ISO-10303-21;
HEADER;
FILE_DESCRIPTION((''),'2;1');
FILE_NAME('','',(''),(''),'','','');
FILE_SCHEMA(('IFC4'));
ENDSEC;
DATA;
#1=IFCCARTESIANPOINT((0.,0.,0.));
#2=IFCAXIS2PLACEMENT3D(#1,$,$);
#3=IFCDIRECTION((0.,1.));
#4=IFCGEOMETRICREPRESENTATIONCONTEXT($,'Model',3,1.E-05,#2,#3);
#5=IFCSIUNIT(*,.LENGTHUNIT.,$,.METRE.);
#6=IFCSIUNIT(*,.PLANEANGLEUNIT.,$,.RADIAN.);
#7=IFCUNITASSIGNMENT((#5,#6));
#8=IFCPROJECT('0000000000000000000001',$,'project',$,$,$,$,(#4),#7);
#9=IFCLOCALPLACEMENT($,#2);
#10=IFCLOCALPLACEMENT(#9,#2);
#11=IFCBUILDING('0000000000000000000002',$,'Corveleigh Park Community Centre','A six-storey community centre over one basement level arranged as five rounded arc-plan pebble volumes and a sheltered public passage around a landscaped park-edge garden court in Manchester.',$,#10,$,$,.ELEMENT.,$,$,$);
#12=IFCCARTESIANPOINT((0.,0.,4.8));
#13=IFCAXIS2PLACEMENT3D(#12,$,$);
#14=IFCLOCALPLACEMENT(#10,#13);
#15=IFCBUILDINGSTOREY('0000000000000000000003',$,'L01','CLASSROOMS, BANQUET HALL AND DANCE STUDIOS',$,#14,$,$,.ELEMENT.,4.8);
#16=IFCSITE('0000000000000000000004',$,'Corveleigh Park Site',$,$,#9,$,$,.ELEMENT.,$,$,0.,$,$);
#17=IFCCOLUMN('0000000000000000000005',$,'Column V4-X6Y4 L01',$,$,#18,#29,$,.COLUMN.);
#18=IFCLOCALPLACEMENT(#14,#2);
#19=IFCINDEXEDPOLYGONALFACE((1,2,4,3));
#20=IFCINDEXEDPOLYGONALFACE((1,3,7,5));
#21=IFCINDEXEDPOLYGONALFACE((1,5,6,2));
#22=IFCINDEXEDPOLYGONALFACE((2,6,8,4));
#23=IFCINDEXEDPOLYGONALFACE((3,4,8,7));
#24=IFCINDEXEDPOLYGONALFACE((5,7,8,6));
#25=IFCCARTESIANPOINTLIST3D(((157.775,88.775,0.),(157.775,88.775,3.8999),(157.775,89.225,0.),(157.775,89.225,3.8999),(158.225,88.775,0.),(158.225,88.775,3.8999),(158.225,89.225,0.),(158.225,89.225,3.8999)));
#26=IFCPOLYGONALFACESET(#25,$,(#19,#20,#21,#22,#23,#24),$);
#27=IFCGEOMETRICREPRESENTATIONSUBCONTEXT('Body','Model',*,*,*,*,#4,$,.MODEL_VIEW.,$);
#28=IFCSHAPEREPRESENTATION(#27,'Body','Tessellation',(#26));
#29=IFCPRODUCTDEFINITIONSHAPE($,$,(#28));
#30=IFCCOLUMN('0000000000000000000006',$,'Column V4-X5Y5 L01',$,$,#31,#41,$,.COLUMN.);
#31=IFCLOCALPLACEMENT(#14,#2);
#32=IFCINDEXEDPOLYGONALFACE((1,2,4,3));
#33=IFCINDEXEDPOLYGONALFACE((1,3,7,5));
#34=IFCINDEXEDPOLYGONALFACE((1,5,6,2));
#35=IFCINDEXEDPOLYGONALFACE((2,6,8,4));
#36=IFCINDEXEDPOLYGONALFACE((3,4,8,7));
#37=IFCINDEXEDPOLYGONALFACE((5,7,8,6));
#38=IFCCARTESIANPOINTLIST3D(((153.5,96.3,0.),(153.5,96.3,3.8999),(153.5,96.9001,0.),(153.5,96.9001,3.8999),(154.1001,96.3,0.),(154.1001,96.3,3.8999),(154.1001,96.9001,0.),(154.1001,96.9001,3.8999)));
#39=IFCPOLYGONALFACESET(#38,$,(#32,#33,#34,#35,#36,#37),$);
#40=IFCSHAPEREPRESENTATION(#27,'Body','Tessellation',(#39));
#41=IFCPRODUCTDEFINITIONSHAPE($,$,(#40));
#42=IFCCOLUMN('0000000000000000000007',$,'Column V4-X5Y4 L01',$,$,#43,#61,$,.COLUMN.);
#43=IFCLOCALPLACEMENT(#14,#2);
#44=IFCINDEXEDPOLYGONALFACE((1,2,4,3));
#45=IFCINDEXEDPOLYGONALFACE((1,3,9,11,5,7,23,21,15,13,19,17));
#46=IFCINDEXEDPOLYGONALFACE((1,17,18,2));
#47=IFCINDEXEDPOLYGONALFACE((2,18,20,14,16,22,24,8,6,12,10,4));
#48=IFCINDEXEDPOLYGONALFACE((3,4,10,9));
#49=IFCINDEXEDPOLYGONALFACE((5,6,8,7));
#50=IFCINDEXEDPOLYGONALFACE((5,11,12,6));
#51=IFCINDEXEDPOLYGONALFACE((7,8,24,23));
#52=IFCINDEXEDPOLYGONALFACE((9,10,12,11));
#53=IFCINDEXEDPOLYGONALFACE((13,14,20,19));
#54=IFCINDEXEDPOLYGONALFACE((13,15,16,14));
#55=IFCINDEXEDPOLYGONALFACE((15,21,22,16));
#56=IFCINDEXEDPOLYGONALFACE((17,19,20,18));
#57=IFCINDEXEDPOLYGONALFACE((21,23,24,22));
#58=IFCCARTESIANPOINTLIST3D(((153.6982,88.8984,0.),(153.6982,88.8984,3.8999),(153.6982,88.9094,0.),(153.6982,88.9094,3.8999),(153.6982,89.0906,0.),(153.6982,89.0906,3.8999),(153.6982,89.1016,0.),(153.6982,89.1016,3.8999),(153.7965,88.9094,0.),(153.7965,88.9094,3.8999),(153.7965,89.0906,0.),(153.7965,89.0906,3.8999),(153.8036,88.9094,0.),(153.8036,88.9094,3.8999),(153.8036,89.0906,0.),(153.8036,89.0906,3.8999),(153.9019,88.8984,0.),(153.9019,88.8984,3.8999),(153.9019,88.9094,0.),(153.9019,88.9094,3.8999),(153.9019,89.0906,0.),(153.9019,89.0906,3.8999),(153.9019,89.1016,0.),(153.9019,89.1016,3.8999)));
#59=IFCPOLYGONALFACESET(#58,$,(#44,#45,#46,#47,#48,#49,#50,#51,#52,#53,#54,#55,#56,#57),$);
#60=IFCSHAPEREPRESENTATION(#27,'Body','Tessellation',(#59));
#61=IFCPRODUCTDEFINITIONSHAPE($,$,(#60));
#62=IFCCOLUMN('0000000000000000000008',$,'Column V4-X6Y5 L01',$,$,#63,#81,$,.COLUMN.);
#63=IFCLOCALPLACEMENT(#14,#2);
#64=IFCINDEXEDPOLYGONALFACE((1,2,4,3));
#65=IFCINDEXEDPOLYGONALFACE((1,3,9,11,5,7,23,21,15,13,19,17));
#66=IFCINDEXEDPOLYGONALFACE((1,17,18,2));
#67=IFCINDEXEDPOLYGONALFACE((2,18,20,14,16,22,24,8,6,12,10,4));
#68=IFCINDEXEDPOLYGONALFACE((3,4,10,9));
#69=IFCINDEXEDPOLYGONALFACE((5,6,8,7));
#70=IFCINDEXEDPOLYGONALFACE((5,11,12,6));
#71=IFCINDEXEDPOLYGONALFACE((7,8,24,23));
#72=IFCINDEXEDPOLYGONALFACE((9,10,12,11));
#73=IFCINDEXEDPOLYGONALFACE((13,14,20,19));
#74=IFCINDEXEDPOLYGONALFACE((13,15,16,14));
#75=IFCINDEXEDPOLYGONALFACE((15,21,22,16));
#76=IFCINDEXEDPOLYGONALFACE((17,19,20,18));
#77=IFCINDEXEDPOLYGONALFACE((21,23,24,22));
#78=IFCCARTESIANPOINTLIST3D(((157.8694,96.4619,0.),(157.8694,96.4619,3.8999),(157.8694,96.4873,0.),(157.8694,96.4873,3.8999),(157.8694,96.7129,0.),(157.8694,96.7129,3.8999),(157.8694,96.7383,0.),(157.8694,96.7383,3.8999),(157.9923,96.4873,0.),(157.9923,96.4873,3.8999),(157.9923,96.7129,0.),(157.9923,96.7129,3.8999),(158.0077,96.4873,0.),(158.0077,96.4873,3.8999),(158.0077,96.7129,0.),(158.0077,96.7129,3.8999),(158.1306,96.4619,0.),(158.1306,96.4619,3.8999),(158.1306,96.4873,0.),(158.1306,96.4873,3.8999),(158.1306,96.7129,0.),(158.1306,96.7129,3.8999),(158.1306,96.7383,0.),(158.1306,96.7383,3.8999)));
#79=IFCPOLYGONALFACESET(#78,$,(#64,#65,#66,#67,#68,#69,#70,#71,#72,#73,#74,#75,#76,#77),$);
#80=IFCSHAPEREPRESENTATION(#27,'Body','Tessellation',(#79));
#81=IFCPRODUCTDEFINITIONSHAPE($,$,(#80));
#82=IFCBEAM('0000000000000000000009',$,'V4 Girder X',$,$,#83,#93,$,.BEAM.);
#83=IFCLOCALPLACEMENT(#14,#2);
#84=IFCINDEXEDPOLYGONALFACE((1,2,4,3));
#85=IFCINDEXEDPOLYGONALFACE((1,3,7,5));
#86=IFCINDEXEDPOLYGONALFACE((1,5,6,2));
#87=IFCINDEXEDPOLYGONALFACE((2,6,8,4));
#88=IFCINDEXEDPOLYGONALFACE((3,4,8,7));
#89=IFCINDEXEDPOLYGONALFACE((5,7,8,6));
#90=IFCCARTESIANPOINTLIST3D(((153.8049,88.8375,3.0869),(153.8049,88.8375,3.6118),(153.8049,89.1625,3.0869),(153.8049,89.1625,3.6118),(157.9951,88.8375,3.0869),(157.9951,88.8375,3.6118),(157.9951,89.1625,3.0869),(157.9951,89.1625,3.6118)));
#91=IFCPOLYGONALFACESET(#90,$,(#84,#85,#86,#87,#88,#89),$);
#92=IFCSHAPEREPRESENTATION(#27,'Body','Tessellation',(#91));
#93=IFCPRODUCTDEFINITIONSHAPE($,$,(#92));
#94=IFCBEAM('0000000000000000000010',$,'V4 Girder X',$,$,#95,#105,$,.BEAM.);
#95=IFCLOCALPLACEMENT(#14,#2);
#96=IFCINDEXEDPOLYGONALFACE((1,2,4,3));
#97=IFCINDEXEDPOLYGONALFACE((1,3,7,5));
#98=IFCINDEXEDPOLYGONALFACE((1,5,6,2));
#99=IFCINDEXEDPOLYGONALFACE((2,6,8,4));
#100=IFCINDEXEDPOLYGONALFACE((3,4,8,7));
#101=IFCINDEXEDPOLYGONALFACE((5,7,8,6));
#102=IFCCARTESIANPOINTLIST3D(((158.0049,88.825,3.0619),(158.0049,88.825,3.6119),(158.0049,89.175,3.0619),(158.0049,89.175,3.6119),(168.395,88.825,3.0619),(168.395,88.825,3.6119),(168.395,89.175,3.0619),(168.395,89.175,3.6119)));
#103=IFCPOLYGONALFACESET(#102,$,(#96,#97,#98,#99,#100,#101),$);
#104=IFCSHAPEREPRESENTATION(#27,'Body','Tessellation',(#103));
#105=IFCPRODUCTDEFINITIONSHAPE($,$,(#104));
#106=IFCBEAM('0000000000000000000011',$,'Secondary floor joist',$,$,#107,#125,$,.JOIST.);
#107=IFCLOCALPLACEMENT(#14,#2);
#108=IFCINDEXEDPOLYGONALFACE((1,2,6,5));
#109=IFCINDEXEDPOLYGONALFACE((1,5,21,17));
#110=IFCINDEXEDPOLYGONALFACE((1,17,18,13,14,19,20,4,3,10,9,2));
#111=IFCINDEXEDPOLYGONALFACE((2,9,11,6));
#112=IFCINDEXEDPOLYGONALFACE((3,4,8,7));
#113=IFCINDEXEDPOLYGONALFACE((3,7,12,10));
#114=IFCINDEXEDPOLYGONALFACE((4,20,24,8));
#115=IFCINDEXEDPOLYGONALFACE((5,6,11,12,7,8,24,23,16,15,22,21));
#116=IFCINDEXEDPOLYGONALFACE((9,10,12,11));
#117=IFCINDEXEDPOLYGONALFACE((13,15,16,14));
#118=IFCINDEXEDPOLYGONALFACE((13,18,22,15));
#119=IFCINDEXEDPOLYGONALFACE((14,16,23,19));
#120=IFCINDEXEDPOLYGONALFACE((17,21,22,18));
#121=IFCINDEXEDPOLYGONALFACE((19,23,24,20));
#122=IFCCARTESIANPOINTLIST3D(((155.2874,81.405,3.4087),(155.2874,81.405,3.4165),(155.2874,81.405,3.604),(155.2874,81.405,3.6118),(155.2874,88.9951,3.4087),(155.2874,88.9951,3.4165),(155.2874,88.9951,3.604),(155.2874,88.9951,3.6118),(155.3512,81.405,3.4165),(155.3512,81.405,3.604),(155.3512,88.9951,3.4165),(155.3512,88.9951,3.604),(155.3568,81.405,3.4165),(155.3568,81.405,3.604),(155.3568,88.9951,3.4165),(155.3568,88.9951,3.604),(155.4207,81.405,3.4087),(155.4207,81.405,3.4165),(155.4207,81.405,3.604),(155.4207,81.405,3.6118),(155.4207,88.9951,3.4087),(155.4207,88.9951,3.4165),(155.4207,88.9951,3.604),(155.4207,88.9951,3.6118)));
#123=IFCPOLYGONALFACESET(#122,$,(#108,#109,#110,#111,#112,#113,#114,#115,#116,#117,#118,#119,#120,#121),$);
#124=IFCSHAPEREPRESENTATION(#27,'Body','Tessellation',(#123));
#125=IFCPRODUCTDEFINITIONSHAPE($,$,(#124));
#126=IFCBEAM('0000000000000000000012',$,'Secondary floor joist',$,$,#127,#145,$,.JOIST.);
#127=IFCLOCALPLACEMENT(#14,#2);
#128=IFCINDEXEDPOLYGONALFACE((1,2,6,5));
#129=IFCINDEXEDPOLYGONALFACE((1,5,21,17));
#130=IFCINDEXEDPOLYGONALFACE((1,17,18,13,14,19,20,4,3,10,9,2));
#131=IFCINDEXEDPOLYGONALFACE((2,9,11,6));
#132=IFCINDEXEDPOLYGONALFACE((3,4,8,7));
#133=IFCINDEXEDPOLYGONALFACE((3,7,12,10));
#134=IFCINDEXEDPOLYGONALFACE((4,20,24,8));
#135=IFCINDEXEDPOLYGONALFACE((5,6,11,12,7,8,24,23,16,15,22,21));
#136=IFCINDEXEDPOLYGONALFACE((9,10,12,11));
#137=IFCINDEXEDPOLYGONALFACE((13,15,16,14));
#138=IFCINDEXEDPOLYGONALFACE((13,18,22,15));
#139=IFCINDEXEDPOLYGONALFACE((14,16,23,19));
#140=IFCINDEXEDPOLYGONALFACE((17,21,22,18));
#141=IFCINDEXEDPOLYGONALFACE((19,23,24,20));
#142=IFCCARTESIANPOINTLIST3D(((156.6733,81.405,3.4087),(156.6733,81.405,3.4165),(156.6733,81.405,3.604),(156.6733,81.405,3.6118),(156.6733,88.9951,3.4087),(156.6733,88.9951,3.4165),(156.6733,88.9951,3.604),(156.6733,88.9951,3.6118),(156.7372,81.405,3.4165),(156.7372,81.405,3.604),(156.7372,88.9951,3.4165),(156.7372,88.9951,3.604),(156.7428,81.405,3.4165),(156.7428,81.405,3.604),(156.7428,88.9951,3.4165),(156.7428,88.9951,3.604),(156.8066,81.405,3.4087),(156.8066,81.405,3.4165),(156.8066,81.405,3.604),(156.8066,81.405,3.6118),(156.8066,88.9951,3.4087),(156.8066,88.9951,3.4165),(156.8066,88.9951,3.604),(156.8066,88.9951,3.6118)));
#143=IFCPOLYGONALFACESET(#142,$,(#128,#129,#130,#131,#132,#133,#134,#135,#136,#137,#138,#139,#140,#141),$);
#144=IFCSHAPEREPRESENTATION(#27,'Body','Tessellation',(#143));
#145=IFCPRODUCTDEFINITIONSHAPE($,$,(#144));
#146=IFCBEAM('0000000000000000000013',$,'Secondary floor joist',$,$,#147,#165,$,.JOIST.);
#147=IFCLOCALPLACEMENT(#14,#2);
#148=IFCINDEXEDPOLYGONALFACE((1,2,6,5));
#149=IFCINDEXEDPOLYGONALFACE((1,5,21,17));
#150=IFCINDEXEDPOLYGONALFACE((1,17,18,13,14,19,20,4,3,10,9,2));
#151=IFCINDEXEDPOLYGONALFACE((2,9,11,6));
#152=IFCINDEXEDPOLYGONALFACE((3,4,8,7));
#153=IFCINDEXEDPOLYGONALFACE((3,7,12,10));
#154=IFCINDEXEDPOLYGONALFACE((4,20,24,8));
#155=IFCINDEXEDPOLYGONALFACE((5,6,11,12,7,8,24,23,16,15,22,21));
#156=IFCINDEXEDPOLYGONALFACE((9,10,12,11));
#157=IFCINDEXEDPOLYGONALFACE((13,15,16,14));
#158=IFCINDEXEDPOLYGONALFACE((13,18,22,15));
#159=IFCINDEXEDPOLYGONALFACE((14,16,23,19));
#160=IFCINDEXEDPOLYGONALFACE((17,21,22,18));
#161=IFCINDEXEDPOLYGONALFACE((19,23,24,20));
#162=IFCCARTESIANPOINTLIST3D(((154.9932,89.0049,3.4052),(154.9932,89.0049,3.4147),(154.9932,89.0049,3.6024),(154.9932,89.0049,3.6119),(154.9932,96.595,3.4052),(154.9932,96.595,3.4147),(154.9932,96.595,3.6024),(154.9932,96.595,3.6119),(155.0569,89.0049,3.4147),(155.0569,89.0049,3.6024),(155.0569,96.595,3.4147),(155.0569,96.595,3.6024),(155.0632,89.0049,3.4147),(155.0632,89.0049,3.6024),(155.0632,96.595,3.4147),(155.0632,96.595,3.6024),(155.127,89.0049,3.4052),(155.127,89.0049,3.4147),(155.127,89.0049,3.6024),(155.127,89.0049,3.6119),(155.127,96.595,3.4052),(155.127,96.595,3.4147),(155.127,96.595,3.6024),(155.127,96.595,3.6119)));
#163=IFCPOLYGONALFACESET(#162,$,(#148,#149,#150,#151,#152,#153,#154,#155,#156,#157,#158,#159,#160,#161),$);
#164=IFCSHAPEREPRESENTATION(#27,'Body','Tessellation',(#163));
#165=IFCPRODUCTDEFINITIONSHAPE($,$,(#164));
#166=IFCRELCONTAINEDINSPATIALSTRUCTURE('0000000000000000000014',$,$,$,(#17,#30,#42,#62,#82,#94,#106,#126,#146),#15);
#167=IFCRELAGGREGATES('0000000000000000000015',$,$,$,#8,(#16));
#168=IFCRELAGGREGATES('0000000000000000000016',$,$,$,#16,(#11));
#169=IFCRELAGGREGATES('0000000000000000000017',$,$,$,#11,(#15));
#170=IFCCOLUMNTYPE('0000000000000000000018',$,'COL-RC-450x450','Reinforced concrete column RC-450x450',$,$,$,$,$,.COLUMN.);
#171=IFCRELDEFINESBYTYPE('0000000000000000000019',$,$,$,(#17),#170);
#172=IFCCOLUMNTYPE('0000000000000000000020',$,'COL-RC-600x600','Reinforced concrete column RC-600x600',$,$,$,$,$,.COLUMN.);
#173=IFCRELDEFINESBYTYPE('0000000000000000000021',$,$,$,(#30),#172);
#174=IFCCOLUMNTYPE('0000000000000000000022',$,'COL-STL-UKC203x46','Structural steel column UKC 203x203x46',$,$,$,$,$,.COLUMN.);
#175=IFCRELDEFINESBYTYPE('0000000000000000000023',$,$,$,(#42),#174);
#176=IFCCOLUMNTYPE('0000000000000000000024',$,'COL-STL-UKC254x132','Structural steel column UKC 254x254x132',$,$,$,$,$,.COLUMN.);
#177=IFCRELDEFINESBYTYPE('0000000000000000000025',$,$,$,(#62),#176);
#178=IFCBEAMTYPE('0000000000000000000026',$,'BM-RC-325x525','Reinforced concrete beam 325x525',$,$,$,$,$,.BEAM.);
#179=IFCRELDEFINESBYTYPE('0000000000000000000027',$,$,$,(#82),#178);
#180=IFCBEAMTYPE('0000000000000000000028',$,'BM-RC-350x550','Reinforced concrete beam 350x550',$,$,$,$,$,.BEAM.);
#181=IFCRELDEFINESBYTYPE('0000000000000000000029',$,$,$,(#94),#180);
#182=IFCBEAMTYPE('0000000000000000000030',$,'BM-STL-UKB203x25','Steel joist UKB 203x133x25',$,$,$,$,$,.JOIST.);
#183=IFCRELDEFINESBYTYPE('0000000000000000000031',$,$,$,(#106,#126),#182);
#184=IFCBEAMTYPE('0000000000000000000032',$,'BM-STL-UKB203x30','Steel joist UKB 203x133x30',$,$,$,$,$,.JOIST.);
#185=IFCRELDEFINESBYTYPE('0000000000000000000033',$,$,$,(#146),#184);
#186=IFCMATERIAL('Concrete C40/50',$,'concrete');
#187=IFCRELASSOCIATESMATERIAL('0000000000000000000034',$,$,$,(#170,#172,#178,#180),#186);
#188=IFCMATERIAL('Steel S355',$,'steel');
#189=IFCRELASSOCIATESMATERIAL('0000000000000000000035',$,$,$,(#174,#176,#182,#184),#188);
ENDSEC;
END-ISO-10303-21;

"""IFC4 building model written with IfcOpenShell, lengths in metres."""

from ifc_helpers import new_model, si_unit, direction, frame, origin, origin_2d, place, context, subcontext, project, spatial, rectangle, i_section, extrude, material, material_profile, profile_set, type_object, element, save


model = new_model("IFC4")

# Units and contexts
model_context = context("Model", 3, precision=1e-05, world=origin(), true_north=direction((0.0, 1.0)))
body_context = subcontext(model_context, "Body", "Model", "MODEL_VIEW")
ifc_project = project(units=[si_unit("LENGTHUNIT", "METRE"), si_unit("PLANEANGLEUNIT", "RADIAN")], contexts=[model_context])

# Site, building, storey
site_placement = place(None, origin())
site = spatial("IfcSite", under=ifc_project, at=site_placement, Name="Corveleigh Park Site", CompositionType="ELEMENT", RefElevation=0.0)
building_placement = place(site_placement, origin())
building = spatial("IfcBuilding", under=site, at=building_placement, Name="Corveleigh Park Community Centre", Description="A six-storey community centre over one basement level arranged as five rounded arc-plan pebble volumes and a sheltered public passage around a landscaped park-edge garden court in Manchester.", CompositionType="ELEMENT")
storey_placement = place(building_placement, frame((0.0, 0.0, 4.8)))
storey = spatial("IfcBuildingStorey", under=building, at=storey_placement, Name="L01", Description="CLASSROOMS, BANQUET HALL AND DANCE STUDIOS", CompositionType="ELEMENT", Elevation=4.8)

# Columns
ifc_material_1 = material(Name="Concrete C40/50", Category="concrete")
ifc_material_profile_1 = material_profile(ifc_material_1, rectangle(XDim=0.45, YDim=0.45, at=origin_2d()), Name="RC-450x450", Category="concrete")
ifc_profile_set_1 = profile_set([ifc_material_profile_1], Name="Concrete C40/50")
column_type_1 = type_object("IfcColumnType", Name="COL-RC-450x450", Description="Reinforced concrete column RC-450x450", PredefinedType="COLUMN", material=ifc_profile_set_1)
column_1_placement = place(storey_placement, frame((158.0, 89.0, 0.0), z_axis=(0.0, 0.0, 1.0), x_axis=(1.0, 0.0, 0.0)))
element("IfcColumn", 1, at=column_1_placement, inside=storey, type_object=column_type_1, Name="Column V4-X6Y4 L01", PredefinedType="COLUMN", context=body_context, shape_type="SweptSolid", body=[
    extrude(rectangle(XDim=0.45, YDim=0.45, at=origin_2d()), origin(), (0.0, 0.0, 1.0), 3.8999),
])
ifc_material_profile_2 = material_profile(ifc_material_1, rectangle(XDim=0.6001, YDim=0.6001, at=origin_2d()), Name="RC-600x600", Category="concrete")
ifc_profile_set_2 = profile_set([ifc_material_profile_2], Name="Concrete C40/50")
column_type_2 = type_object("IfcColumnType", Name="COL-RC-600x600", Description="Reinforced concrete column RC-600x600", PredefinedType="COLUMN", material=ifc_profile_set_2)
column_2_placement = place(storey_placement, frame((153.8, 96.6001, 0.0), z_axis=(0.0, 0.0, 1.0), x_axis=(1.0, 0.0, 0.0)))
element("IfcColumn", 2, at=column_2_placement, inside=storey, type_object=column_type_2, Name="Column V4-X5Y5 L01", PredefinedType="COLUMN", context=body_context, shape_type="SweptSolid", body=[
    extrude(rectangle(XDim=0.6001, YDim=0.6001, at=origin_2d()), origin(), (0.0, 0.0, 1.0), 3.8999),
])
ifc_material_2 = material(Name="Steel S355", Category="steel")
ifc_material_profile_3 = material_profile(ifc_material_2, i_section(OverallWidth=0.2036, OverallDepth=0.2031, WebThickness=0.0071, FlangeThickness=0.011, at=origin_2d()), Name="UKC 203x203x46", Category="steel")
ifc_profile_set_3 = profile_set([ifc_material_profile_3], Name="Steel S355")
column_type_3 = type_object("IfcColumnType", Name="COL-STL-UKC203x46", Description="Structural steel column UKC 203x203x46", PredefinedType="COLUMN", material=ifc_profile_set_3)
column_3_placement = place(storey_placement, frame((153.8, 89.0, 0.0), z_axis=(0.0, 0.0, 1.0), x_axis=(1.0, 0.0, 0.0)))
element("IfcColumn", 3, at=column_3_placement, inside=storey, type_object=column_type_3, Name="Column V4-X5Y4 L01", PredefinedType="COLUMN", context=body_context, shape_type="SweptSolid", body=[
    extrude(i_section(OverallWidth=0.2036, OverallDepth=0.2031, WebThickness=0.0071, FlangeThickness=0.011, at=origin_2d()), origin(), (0.0, 0.0, 1.0), 3.8999),
])
ifc_material_profile_4 = material_profile(ifc_material_2, i_section(OverallWidth=0.2612, OverallDepth=0.2764, WebThickness=0.0154, FlangeThickness=0.0254, at=origin_2d()), Name="UKC 254x254x132", Category="steel")
ifc_profile_set_4 = profile_set([ifc_material_profile_4], Name="Steel S355")
column_type_4 = type_object("IfcColumnType", Name="COL-STL-UKC254x132", Description="Structural steel column UKC 254x254x132", PredefinedType="COLUMN", material=ifc_profile_set_4)
column_4_placement = place(storey_placement, frame((158.0, 96.6001, 0.0), z_axis=(0.0, 0.0, 1.0), x_axis=(1.0, 0.0, 0.0)))
element("IfcColumn", 4, at=column_4_placement, inside=storey, type_object=column_type_4, Name="Column V4-X6Y5 L01", PredefinedType="COLUMN", context=body_context, shape_type="SweptSolid", body=[
    extrude(i_section(OverallWidth=0.2612, OverallDepth=0.2764, WebThickness=0.0154, FlangeThickness=0.0254, at=origin_2d()), origin(), (0.0, 0.0, 1.0), 3.8999),
])

# Beams
ifc_material_profile_5 = material_profile(ifc_material_1, rectangle(XDim=0.325, YDim=0.5249, at=origin_2d()), Name="RC-325x525", Category="concrete")
ifc_profile_set_5 = profile_set([ifc_material_profile_5], Name="Concrete C40/50")
beam_type_1 = type_object("IfcBeamType", Name="BM-RC-325x525", Description="Reinforced concrete beam 325x525", PredefinedType="BEAM", material=ifc_profile_set_5)
beam_1_placement = place(storey_placement, frame((153.8049, 89.0, 3.3494), z_axis=(1.0, 0.0, 0.0), x_axis=(0.0, 1.0, 0.0)))
element("IfcBeam", 5, at=beam_1_placement, inside=storey, type_object=beam_type_1, Name="V4 Girder X", PredefinedType="BEAM", context=body_context, shape_type="SweptSolid", body=[
    extrude(rectangle(XDim=0.325, YDim=0.5249, at=origin_2d()), origin(), (0.0, 0.0, 1.0), 4.1902),
])
ifc_material_profile_6 = material_profile(ifc_material_1, rectangle(XDim=0.3501, YDim=0.55, at=origin_2d()), Name="RC-350x550", Category="concrete")
ifc_profile_set_6 = profile_set([ifc_material_profile_6], Name="Concrete C40/50")
beam_type_2 = type_object("IfcBeamType", Name="BM-RC-350x550", Description="Reinforced concrete beam 350x550", PredefinedType="BEAM", material=ifc_profile_set_6)
beam_2_placement = place(storey_placement, frame((158.0049, 89.0, 3.3369), z_axis=(1.0, 0.0, 0.0), x_axis=(0.0, 1.0, 0.0)))
element("IfcBeam", 6, at=beam_2_placement, inside=storey, type_object=beam_type_2, Name="V4 Girder X", PredefinedType="BEAM", context=body_context, shape_type="SweptSolid", body=[
    extrude(rectangle(XDim=0.3501, YDim=0.55, at=origin_2d()), origin(), (0.0, 0.0, 1.0), 10.3901),
])
ifc_material_profile_7 = material_profile(ifc_material_2, i_section(OverallWidth=0.1333, OverallDepth=0.2031, WebThickness=0.0056, FlangeThickness=0.0078, at=origin_2d()), Name="UKB 203x133x25", Category="steel")
ifc_profile_set_7 = profile_set([ifc_material_profile_7], Name="Steel S355")
beam_type_3 = type_object("IfcBeamType", Name="BM-STL-UKB203x25", Description="Steel joist UKB 203x133x25", PredefinedType="JOIST", material=ifc_profile_set_7)
for number, where, z_axis, x_axis, name in (
    (7, (155.354, 81.405, 3.5103), (0.0, 1.0, 0.0), (-1.0, 0.0, 0.0), "Secondary floor joist"),
    (8, (156.74, 81.405, 3.5103), (0.0, 1.0, 0.0), (-1.0, 0.0, 0.0), "Secondary floor joist"),
):
    element("IfcBeam", number, at=place(storey_placement, frame(where, z_axis=z_axis, x_axis=x_axis)), inside=storey, type_object=beam_type_3, Name=name, PredefinedType="JOIST", context=body_context, shape_type="SweptSolid", body=[
        extrude(i_section(OverallWidth=0.1333, OverallDepth=0.2031, WebThickness=0.0056, FlangeThickness=0.0078, at=origin_2d()), origin(), (0.0, 0.0, 1.0), 7.5901),
    ])
ifc_material_profile_8 = material_profile(ifc_material_2, i_section(OverallWidth=0.1338, OverallDepth=0.2068, WebThickness=0.0063, FlangeThickness=0.0095, at=origin_2d()), Name="UKB 203x133x30", Category="steel")
ifc_profile_set_8 = profile_set([ifc_material_profile_8], Name="Steel S355")
beam_type_4 = type_object("IfcBeamType", Name="BM-STL-UKB203x30", Description="Steel joist UKB 203x133x30", PredefinedType="JOIST", material=ifc_profile_set_8)
for number, where, z_axis, x_axis, name in (
    (9, (155.0601, 89.0049, 3.5085), (0.0, 1.0, 0.0), (-1.0, 0.0, 0.0), "Secondary floor joist"),
):
    element("IfcBeam", number, at=place(storey_placement, frame(where, z_axis=z_axis, x_axis=x_axis)), inside=storey, type_object=beam_type_4, Name=name, PredefinedType="JOIST", context=body_context, shape_type="SweptSolid", body=[
        extrude(i_section(OverallWidth=0.1338, OverallDepth=0.2068, WebThickness=0.0063, FlangeThickness=0.0095, at=origin_2d()), origin(), (0.0, 0.0, 1.0), 7.5901),
    ])

save(model, "model.ifc")
